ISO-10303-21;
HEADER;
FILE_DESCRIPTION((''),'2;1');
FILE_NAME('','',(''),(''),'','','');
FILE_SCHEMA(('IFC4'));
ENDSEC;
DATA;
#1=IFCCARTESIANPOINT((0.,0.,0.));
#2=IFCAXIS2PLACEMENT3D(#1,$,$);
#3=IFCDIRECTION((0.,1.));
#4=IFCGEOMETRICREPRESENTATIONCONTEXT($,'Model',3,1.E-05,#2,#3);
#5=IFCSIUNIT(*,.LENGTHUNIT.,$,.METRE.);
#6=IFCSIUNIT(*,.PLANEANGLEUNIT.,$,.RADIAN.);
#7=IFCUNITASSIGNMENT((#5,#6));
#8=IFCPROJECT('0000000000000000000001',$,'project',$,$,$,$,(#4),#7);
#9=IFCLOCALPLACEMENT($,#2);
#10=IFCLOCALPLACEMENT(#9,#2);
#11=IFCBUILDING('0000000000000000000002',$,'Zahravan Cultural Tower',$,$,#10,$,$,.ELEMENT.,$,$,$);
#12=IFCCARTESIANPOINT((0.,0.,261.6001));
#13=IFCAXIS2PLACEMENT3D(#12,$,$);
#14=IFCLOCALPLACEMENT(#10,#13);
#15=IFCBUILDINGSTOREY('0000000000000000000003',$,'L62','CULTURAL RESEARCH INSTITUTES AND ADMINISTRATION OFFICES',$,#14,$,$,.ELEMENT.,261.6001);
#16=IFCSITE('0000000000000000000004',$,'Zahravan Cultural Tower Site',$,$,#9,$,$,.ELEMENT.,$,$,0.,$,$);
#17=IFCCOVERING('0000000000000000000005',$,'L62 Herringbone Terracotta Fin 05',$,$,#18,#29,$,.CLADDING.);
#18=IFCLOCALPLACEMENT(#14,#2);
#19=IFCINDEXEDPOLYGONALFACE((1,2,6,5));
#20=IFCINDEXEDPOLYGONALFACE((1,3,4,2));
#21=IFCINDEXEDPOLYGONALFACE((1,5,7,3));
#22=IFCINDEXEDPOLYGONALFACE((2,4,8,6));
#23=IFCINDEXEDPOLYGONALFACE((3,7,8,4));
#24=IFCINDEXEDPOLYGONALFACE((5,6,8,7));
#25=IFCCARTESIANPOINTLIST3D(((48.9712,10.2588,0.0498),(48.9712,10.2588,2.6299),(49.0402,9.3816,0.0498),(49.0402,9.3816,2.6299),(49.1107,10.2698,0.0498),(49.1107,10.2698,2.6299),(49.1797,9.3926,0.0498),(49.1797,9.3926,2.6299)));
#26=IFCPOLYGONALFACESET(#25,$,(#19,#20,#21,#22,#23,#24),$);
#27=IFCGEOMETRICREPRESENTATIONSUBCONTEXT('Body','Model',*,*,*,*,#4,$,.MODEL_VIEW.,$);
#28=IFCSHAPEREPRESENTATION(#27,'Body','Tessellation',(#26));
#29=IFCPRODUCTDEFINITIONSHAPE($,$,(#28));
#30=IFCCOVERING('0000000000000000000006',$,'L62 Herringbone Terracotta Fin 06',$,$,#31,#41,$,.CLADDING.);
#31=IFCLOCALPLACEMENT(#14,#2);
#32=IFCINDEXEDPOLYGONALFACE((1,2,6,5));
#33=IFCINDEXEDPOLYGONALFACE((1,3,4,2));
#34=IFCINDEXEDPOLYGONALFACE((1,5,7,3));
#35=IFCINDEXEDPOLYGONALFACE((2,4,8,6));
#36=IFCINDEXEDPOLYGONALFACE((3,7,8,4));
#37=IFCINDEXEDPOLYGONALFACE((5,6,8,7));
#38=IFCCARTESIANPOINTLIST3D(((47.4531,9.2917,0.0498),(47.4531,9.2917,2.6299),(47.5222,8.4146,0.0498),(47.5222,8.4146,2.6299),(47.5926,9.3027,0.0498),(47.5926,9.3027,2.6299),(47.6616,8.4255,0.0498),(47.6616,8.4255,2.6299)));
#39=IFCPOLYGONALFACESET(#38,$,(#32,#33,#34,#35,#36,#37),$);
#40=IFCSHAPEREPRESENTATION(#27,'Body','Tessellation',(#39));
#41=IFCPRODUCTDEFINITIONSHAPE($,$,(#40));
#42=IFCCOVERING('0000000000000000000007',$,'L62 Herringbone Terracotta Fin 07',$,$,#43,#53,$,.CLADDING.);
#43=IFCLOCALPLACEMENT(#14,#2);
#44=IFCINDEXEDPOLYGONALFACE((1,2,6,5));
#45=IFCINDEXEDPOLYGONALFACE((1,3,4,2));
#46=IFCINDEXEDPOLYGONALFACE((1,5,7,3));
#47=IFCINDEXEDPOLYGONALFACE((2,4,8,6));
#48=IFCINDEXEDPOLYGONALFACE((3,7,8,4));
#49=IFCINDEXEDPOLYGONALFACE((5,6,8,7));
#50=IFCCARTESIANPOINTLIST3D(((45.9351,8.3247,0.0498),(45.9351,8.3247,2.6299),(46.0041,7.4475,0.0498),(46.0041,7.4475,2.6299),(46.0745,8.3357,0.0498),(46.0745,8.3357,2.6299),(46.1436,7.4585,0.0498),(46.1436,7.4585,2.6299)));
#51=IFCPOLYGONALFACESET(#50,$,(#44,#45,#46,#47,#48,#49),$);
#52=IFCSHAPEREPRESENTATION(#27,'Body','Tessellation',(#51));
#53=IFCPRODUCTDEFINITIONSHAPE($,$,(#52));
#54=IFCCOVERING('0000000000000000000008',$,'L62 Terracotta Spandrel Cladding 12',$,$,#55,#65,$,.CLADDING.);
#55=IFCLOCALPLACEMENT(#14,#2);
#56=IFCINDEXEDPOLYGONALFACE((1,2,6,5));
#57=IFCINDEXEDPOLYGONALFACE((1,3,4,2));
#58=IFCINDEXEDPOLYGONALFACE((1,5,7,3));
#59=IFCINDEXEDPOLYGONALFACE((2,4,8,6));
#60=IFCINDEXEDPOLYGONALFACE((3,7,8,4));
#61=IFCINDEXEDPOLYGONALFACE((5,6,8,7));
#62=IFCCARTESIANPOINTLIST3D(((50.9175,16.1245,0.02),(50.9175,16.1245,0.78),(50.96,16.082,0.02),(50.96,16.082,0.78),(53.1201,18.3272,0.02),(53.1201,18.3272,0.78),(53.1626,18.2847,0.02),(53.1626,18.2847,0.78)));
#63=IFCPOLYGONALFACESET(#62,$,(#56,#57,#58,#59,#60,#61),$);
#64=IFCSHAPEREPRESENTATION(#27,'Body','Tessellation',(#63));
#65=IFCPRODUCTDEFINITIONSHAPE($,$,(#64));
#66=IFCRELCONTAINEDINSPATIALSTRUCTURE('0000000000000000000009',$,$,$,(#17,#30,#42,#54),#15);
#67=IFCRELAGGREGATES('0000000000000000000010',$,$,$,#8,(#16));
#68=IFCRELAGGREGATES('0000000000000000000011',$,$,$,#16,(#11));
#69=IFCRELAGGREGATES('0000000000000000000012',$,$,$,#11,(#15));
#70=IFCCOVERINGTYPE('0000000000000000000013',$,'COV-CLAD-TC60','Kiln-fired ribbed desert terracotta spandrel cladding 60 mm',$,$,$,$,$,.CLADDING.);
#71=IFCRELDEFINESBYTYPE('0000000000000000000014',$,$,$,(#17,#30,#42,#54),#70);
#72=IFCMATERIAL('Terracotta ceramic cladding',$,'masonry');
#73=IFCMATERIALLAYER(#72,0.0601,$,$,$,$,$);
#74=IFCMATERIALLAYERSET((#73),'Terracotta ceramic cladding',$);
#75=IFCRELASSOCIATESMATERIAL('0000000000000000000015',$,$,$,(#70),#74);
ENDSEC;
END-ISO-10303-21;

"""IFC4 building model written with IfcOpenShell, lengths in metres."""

from ifc_helpers import new_model, si_unit, direction, frame, origin, origin_2d, place, context, subcontext, project, spatial, rectangle, extrude, source, transform, mapped, material, layer, layer_set, type_object, element, save


model = new_model("IFC4")

# Units and contexts
model_context = context("Model", 3, precision=1e-05, world=origin(), true_north=direction((0.0, 1.0)))
body_context = subcontext(model_context, "Body", "Model", "MODEL_VIEW")
ifc_project = project(units=[si_unit("LENGTHUNIT", "METRE"), si_unit("PLANEANGLEUNIT", "RADIAN")], contexts=[model_context])

# Site, building, storey
site_placement = place(None, origin())
site = spatial("IfcSite", under=ifc_project, at=site_placement, Name="Zahravan Cultural Tower Site", CompositionType="ELEMENT", RefElevation=0.0)
building_placement = place(site_placement, origin())
building = spatial("IfcBuilding", under=site, at=building_placement, Name="Zahravan Cultural Tower", CompositionType="ELEMENT")
storey_placement = place(building_placement, frame((0.0, 0.0, 261.6001)))
storey = spatial("IfcBuildingStorey", under=building, at=storey_placement, Name="L62", Description="CULTURAL RESEARCH INSTITUTES AND ADMINISTRATION OFFICES", CompositionType="ELEMENT", Elevation=261.6001)

# Coverings
ifc_material_1 = material(Name="Terracotta ceramic cladding", Category="masonry")
ifc_layer_1 = layer(ifc_material_1, 0.0601)
ifc_layer_set_1 = layer_set([ifc_layer_1], Name="Terracotta ceramic cladding")
covering_type = type_object("IfcCoveringType", Name="COV-CLAD-TC60", Description="Kiln-fired ribbed desert terracotta spandrel cladding 60 mm", PredefinedType="CLADDING", material=ifc_layer_set_1)
shared_shape_1 = source(origin(), body_context, "Body", "SweptSolid", [
    extrude(rectangle(XDim=0.8799, YDim=0.1399, at=origin_2d()), origin(), (0.0, 0.0, 1.0), 2.5801),
])
for number, where, z_axis, x_axis, name in (
    (1, (49.0754, 9.8257, 0.0498), (0.0, 0.0, 1.0), (0.078459, -0.996917, 0.0), "L62 Herringbone Terracotta Fin 05"),
    (2, (47.5574, 8.8586, 0.0498), (0.0, 0.0, 1.0), (0.078459, -0.996917, 0.0), "L62 Herringbone Terracotta Fin 06"),
    (3, (46.0393, 7.8916, 0.0498), (0.0, 0.0, 1.0), (0.078459, -0.996917, 0.0), "L62 Herringbone Terracotta Fin 07"),
):
    element("IfcCovering", number, at=place(storey_placement, frame(where, z_axis=z_axis, x_axis=x_axis)), inside=storey, type_object=covering_type, Name=name, PredefinedType="CLADDING", context=body_context, shape_type="MappedRepresentation", body=[
        mapped(shared_shape_1, transform((0.0, 0.0, 0.0), x_axis=(1.0, 0.0, 0.0), y_axis=(0.0, 1.0, 0.0), z_axis=(0.0, 0.0, 1.0), scale=1.0)),
    ])
shared_shape_2 = source(origin(), body_context, "Body", "SweptSolid", [
    extrude(rectangle(XDim=3.115, YDim=0.0601, at=origin_2d()), origin(), (0.0, 0.0, 1.0), 0.76),
])
covering_1_placement = place(storey_placement, frame((52.04, 17.2046, 0.02), z_axis=(0.0, 0.0, 1.0), x_axis=(-0.707094, -0.707119, 0.0)))
element("IfcCovering", 4, at=covering_1_placement, inside=storey, type_object=covering_type, Name="L62 Terracotta Spandrel Cladding 12", PredefinedType="CLADDING", context=body_context, shape_type="MappedRepresentation", body=[
    mapped(shared_shape_2, transform((0.0, 0.0, 0.0), x_axis=(1.0, 0.0, 0.0), y_axis=(0.0, 1.0, 0.0), z_axis=(0.0, 0.0, 1.0), scale=1.0)),
])

save(model, "model.ifc")
